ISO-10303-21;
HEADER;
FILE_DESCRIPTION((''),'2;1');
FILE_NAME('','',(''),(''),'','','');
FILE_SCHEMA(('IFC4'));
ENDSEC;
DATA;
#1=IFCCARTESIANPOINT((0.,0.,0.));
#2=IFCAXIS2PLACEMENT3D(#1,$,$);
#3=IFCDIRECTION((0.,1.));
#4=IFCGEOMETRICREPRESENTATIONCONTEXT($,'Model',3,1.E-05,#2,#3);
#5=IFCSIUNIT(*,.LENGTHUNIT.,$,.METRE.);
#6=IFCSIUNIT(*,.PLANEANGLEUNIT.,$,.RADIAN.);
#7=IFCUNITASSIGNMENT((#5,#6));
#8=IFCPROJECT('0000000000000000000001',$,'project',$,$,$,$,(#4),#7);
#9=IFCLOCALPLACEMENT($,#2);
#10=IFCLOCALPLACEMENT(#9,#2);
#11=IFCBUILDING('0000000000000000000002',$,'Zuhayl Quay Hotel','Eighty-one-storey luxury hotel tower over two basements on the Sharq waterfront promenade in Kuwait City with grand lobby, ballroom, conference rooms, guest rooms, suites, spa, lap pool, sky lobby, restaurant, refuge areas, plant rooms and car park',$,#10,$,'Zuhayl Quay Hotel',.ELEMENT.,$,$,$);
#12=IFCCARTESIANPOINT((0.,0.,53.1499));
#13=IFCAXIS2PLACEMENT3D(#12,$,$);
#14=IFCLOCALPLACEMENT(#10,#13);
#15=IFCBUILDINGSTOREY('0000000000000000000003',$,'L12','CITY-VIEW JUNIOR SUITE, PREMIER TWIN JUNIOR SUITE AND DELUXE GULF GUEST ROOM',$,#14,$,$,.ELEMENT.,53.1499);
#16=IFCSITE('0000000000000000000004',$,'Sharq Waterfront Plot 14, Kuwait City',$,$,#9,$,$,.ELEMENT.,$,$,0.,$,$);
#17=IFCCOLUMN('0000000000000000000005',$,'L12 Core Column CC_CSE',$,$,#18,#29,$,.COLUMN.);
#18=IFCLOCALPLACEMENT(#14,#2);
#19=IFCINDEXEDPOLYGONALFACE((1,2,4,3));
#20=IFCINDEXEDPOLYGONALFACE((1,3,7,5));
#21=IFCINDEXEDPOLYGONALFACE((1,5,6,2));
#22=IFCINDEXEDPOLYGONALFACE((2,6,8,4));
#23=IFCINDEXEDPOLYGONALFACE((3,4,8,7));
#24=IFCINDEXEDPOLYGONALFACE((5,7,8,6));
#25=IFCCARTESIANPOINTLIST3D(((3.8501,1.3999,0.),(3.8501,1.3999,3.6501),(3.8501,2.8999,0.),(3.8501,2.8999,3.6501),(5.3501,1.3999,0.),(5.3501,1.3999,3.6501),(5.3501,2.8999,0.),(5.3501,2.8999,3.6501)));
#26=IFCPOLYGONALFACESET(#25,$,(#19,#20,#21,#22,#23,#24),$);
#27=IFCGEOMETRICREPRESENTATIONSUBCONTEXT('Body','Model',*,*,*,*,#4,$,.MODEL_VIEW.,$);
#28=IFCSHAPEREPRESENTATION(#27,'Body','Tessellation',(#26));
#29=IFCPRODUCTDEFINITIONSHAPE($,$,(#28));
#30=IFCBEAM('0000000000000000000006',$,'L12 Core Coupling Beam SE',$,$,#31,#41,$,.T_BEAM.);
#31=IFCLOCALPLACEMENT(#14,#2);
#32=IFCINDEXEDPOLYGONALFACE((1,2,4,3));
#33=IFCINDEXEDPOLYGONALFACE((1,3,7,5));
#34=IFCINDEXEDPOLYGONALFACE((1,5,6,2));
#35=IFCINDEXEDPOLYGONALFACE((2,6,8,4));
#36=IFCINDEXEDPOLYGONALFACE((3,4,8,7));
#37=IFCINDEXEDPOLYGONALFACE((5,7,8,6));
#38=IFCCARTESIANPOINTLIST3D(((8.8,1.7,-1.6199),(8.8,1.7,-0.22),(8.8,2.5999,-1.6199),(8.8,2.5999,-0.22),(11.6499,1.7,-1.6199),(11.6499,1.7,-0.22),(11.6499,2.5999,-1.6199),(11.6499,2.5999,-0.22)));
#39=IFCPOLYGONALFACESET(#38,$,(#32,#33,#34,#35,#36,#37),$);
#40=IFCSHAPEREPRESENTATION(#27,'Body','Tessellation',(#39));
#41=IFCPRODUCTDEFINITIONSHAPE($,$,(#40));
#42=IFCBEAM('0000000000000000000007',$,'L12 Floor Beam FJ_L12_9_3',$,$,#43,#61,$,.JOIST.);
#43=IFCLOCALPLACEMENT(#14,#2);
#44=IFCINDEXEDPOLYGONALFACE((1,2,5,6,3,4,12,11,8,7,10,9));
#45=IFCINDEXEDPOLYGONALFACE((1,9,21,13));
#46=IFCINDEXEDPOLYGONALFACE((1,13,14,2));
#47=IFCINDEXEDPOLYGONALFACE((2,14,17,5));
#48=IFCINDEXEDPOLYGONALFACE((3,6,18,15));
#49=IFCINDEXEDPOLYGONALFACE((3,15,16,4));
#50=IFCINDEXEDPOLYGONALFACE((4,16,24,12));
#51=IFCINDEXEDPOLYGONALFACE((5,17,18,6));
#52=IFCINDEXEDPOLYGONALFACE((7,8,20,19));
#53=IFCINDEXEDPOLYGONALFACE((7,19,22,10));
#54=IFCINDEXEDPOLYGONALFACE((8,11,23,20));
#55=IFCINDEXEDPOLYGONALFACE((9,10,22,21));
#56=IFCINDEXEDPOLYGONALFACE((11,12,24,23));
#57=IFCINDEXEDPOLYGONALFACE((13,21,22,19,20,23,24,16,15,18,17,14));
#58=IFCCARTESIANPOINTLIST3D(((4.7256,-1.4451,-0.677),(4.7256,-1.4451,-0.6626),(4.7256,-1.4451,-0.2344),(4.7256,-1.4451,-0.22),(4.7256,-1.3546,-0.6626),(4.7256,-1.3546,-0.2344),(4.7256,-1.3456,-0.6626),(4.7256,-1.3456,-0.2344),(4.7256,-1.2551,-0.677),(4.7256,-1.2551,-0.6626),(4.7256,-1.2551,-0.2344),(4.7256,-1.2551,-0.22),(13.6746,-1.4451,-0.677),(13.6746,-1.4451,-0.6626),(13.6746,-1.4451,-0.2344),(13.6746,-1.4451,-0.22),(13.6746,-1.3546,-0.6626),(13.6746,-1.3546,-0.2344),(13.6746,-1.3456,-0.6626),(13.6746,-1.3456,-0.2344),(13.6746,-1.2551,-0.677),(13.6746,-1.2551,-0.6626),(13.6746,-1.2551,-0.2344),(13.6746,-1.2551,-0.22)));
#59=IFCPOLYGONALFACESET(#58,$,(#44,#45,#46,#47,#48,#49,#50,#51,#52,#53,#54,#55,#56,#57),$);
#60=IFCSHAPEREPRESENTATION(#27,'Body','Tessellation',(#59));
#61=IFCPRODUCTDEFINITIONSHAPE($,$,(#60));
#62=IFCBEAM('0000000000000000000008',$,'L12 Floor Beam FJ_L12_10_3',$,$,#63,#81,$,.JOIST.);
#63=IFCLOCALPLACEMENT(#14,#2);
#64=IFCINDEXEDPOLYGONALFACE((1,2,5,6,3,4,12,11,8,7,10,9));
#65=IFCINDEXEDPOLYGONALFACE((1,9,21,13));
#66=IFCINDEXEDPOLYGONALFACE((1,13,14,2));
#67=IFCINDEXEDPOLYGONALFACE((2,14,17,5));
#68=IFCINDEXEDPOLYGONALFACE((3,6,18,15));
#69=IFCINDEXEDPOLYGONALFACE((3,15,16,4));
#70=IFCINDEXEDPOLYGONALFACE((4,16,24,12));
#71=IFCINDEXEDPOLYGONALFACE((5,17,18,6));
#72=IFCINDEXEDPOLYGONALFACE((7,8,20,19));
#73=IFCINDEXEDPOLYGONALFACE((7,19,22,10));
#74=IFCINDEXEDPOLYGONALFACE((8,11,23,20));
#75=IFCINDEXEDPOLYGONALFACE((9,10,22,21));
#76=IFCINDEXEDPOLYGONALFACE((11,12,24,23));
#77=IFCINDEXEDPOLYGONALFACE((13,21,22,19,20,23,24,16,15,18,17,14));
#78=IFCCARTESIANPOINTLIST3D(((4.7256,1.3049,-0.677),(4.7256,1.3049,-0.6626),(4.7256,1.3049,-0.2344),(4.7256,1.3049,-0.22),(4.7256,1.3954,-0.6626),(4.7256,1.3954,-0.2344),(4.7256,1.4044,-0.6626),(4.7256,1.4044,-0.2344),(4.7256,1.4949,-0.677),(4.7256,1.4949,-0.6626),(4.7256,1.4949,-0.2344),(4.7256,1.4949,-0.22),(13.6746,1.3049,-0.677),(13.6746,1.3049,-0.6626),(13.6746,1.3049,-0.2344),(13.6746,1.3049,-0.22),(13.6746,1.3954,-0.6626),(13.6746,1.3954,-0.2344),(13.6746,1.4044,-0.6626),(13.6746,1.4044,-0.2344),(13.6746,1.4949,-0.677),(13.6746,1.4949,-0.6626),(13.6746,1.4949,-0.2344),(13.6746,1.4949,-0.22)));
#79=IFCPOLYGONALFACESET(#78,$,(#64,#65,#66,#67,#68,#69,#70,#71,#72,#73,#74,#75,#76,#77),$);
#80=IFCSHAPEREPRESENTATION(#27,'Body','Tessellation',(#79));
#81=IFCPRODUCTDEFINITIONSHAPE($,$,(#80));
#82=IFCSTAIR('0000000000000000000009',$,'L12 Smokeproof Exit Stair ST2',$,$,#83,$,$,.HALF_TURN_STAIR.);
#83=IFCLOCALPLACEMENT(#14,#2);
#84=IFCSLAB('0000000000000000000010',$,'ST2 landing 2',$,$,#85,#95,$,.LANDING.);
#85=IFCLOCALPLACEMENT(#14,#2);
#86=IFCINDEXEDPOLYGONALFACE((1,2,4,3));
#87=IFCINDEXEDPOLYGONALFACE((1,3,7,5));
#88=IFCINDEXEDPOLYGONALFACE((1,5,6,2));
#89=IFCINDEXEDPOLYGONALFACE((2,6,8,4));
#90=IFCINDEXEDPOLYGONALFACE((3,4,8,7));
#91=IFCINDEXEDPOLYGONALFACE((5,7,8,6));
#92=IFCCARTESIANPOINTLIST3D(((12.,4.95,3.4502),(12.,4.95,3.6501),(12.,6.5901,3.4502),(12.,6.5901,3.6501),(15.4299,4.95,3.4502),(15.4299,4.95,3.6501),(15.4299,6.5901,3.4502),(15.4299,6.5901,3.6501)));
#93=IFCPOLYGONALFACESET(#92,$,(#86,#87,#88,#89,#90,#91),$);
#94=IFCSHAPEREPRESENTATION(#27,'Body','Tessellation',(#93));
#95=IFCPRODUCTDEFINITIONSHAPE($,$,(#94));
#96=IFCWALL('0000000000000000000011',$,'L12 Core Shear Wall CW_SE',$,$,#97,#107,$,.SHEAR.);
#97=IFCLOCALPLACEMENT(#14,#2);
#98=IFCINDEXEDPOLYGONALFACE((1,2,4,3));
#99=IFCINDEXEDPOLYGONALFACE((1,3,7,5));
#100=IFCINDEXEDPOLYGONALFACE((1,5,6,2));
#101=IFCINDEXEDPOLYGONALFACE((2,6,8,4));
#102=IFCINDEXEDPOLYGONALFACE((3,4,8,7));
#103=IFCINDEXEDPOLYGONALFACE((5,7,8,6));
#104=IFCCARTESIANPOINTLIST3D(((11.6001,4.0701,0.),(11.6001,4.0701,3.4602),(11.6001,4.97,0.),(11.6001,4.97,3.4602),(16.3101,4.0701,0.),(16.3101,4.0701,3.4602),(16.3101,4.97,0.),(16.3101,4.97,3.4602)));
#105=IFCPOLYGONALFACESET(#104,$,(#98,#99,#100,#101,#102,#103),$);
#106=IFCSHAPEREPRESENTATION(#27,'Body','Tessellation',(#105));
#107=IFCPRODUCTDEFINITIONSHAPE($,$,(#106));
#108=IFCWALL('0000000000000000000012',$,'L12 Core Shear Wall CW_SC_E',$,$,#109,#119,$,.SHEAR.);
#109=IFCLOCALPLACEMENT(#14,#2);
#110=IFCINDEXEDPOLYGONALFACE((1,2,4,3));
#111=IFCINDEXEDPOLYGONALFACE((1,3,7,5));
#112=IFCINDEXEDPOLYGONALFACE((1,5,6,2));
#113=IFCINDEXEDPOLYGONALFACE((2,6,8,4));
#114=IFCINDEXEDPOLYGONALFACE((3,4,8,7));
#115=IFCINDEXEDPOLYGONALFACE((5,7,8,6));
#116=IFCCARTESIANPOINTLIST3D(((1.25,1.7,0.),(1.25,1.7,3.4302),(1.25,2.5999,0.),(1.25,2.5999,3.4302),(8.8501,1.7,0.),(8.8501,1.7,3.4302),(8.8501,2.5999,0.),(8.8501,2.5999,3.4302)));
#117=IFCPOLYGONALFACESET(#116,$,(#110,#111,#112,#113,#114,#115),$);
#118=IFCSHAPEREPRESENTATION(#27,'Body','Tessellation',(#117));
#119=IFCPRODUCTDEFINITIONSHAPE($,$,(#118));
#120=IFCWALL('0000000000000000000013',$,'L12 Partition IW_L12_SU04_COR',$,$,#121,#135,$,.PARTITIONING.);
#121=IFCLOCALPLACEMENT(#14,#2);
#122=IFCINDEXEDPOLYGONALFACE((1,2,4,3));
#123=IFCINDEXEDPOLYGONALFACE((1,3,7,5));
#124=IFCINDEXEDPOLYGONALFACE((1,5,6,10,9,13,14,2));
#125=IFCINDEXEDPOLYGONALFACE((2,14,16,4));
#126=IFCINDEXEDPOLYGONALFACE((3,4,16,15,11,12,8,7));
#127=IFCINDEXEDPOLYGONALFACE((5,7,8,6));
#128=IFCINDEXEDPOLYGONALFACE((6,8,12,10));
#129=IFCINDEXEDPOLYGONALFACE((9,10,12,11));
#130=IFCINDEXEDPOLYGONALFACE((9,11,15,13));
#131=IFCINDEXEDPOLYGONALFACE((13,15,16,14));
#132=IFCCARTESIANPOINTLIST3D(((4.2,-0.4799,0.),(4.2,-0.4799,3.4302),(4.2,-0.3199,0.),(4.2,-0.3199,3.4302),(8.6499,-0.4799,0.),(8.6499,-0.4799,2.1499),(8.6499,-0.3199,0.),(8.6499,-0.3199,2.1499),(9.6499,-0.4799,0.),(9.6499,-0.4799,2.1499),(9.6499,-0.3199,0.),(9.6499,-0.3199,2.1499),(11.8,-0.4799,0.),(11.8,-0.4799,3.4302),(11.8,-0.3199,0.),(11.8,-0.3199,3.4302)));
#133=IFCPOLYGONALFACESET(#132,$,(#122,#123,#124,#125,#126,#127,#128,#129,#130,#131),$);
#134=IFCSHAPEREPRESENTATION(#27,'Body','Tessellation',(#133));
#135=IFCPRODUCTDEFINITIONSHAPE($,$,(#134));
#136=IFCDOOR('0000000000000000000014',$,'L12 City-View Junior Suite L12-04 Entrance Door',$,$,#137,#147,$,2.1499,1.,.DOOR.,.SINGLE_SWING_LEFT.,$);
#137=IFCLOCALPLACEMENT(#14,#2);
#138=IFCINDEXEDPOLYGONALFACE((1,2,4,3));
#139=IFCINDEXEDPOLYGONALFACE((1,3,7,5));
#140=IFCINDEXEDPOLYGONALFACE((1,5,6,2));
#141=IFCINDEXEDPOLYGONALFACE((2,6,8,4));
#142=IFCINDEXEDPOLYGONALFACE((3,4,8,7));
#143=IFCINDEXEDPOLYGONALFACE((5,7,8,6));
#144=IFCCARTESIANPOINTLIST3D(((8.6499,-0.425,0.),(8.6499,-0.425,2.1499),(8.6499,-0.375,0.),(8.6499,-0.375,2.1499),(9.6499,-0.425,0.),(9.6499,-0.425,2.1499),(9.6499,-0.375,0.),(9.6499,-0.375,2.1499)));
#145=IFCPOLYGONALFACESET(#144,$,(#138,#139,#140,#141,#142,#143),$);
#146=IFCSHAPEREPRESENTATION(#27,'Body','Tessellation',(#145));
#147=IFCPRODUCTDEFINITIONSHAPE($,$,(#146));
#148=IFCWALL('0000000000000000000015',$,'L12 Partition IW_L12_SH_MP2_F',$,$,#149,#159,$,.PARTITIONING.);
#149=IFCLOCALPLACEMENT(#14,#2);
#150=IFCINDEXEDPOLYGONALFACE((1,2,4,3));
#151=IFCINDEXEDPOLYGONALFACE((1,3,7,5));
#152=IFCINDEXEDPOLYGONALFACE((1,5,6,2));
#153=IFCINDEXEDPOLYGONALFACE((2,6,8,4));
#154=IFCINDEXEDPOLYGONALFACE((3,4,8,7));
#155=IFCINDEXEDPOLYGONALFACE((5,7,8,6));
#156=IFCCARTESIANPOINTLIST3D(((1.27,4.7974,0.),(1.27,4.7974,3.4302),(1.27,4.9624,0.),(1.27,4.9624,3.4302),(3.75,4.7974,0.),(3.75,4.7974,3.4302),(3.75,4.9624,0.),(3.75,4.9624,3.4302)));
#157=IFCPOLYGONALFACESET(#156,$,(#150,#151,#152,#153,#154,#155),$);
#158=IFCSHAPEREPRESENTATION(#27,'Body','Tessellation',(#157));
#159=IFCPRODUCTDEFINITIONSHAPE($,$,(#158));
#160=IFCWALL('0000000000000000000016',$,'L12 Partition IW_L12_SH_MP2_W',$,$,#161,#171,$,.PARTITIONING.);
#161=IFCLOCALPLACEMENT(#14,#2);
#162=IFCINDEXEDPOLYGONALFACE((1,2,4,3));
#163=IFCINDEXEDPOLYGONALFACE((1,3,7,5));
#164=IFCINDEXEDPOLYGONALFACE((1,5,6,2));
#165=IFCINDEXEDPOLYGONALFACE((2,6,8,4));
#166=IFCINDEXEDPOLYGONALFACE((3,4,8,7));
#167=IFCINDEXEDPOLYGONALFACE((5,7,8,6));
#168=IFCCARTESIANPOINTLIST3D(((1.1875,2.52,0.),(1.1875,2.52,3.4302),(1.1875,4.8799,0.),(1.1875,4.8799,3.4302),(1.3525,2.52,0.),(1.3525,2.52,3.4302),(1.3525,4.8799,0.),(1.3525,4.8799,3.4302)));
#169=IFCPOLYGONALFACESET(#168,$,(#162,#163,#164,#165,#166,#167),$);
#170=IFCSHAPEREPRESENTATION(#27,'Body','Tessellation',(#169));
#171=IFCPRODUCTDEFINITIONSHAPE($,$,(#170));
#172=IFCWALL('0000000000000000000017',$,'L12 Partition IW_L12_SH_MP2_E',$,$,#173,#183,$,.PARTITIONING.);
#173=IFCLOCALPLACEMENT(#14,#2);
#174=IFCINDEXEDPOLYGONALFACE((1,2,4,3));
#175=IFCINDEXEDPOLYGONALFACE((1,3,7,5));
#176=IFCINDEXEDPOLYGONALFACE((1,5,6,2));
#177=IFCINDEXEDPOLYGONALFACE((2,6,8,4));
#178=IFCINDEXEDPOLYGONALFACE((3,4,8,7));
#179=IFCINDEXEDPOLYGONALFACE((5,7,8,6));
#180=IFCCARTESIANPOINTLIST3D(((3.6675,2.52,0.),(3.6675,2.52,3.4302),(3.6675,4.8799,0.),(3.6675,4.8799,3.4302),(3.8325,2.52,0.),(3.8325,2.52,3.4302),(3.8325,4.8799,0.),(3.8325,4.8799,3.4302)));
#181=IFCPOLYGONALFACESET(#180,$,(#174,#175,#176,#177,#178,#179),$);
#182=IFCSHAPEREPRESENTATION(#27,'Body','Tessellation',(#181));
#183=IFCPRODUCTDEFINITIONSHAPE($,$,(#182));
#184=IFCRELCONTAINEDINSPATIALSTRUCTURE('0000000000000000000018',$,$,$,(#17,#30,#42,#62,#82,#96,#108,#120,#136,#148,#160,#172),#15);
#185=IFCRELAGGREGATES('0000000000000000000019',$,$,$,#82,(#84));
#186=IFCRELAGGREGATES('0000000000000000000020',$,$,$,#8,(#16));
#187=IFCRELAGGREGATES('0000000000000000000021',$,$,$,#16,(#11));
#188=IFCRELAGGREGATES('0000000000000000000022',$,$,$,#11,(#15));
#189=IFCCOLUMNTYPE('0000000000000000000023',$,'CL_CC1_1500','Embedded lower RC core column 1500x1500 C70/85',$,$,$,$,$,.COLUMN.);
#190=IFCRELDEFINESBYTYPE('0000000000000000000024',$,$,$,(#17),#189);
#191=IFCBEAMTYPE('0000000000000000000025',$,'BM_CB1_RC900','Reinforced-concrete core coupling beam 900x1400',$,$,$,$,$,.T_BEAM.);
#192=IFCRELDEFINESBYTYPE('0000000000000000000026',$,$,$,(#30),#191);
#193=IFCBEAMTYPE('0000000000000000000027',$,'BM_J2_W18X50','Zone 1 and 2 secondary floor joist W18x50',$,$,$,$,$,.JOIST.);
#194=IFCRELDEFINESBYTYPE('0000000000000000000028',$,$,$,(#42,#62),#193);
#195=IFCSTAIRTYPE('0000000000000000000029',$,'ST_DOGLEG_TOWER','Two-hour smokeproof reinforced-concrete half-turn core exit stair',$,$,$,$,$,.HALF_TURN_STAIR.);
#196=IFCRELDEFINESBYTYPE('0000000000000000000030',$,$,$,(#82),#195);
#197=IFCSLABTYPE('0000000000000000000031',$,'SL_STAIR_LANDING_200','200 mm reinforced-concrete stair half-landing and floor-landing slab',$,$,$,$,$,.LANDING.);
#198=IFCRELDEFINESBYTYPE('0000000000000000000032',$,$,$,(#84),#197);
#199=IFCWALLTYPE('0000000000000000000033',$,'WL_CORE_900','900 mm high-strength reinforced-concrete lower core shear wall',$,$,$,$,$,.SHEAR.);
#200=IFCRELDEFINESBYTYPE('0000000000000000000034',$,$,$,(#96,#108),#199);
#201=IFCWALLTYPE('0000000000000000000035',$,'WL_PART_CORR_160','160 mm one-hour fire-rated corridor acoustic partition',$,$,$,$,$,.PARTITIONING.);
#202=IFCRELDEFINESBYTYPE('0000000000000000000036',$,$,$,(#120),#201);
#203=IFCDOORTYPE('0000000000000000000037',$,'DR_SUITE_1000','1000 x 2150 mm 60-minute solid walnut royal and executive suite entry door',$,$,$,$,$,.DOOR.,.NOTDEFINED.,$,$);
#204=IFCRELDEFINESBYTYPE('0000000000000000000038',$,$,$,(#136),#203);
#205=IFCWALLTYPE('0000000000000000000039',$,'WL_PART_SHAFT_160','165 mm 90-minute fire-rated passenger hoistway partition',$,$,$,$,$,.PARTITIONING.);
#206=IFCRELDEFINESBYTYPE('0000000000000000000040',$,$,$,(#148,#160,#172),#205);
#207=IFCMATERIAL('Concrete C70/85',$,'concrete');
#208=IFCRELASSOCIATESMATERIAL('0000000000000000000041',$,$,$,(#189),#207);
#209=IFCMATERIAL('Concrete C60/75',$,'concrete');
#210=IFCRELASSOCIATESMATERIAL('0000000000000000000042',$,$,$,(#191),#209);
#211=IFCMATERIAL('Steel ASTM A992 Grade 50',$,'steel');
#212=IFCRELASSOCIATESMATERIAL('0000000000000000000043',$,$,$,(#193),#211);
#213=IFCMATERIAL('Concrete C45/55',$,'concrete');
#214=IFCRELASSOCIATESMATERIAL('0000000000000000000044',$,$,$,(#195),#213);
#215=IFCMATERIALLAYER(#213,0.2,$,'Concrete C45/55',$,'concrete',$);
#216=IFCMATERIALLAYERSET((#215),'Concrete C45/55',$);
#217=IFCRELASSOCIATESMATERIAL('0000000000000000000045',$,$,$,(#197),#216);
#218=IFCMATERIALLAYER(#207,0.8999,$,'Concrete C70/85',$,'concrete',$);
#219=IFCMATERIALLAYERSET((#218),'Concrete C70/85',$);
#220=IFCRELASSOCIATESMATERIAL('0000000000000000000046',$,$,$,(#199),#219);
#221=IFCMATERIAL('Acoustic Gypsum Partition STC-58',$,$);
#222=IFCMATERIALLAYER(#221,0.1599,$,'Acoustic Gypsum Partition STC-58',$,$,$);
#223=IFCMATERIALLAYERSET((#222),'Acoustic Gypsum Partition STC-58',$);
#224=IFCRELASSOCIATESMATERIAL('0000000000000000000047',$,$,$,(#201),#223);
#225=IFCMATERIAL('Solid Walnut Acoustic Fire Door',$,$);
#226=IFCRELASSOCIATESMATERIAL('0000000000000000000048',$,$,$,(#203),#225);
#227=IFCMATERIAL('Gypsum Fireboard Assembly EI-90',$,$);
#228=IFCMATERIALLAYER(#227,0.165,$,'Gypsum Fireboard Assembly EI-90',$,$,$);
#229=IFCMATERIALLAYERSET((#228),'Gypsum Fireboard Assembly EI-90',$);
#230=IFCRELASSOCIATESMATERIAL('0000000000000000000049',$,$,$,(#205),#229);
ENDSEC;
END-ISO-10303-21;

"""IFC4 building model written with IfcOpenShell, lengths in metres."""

from ifc_helpers import new_model, si_unit, direction, frame, frame_2d, origin, origin_2d, place, context, subcontext, project, spatial, polyline, rectangle, i_section, outline, extrude, material, layer, layer_set, material_profile, profile_set, type_object, element, fill, aggregate, save


model = new_model("IFC4")

# Units and contexts
model_context = context("Model", 3, precision=1e-05, world=origin(), true_north=direction((0.0, 1.0)))
body_context = subcontext(model_context, "Body", "Model", "MODEL_VIEW")
ifc_project = project(units=[si_unit("LENGTHUNIT", "METRE"), si_unit("PLANEANGLEUNIT", "RADIAN")], contexts=[model_context])

# Site, building, storey
site_placement = place(None, origin())
site = spatial("IfcSite", under=ifc_project, at=site_placement, Name="Sharq Waterfront Plot 14, Kuwait City", CompositionType="ELEMENT", RefElevation=0.0)
building_placement = place(site_placement, origin())
building = spatial("IfcBuilding", under=site, at=building_placement, Name="Zuhayl Quay Hotel", Description="Eighty-one-storey luxury hotel tower over two basements on the Sharq waterfront promenade in Kuwait City with grand lobby, ballroom, conference rooms, guest rooms, suites, spa, lap pool, sky lobby, restaurant, refuge areas, plant rooms and car park", LongName="Zuhayl Quay Hotel", CompositionType="ELEMENT")
storey_placement = place(building_placement, frame((0.0, 0.0, 53.1499)))
storey = spatial("IfcBuildingStorey", under=building, at=storey_placement, Name="L12", Description="CITY-VIEW JUNIOR SUITE, PREMIER TWIN JUNIOR SUITE AND DELUXE GULF GUEST ROOM", CompositionType="ELEMENT", Elevation=53.1499)

# Column
ifc_material_1 = material(Name="Concrete C70/85", Category="concrete")
ifc_material_profile_1 = material_profile(ifc_material_1, rectangle(XDim=1.5, YDim=1.5, at=origin_2d()), Name="RC1500X1500")
ifc_profile_set_1 = profile_set([ifc_material_profile_1], Name="Concrete C70/85")
column_type = type_object("IfcColumnType", Name="CL_CC1_1500", Description="Embedded lower RC core column 1500x1500 C70/85", PredefinedType="COLUMN", material=ifc_profile_set_1)
column_placement = place(storey_placement, frame((4.6001, 2.1499, 0.0), z_axis=(0.0, 0.0, 1.0), x_axis=(1.0, 0.0, 0.0)))
element("IfcColumn", 1, at=column_placement, inside=storey, type_object=column_type, Name="L12 Core Column CC_CSE", PredefinedType="COLUMN", context=body_context, shape_type="SweptSolid", body=[
    extrude(rectangle(XDim=1.5, YDim=1.5, at=origin_2d()), origin(), (0.0, 0.0, 1.0), 3.6501),
])

# Beams
ifc_material_2 = material(Name="Concrete C60/75", Category="concrete")
ifc_material_profile_2 = material_profile(ifc_material_2, rectangle(XDim=0.8999, YDim=1.3999, at=origin_2d()), Name="RC900X1400")
ifc_profile_set_2 = profile_set([ifc_material_profile_2], Name="Concrete C60/75")
beam_type_1 = type_object("IfcBeamType", Name="BM_CB1_RC900", Description="Reinforced-concrete core coupling beam 900x1400", PredefinedType="T_BEAM", material=ifc_profile_set_2)
beam_placement = place(storey_placement, frame((8.8, 2.1499, -0.9199), z_axis=(1.0, 0.0, 0.0), x_axis=(0.0, 1.0, 0.0)))
element("IfcBeam", 2, at=beam_placement, inside=storey, type_object=beam_type_1, Name="L12 Core Coupling Beam SE", PredefinedType="T_BEAM", context=body_context, shape_type="SweptSolid", body=[
    extrude(rectangle(XDim=0.8999, YDim=1.3999, at=origin_2d()), origin(), (0.0, 0.0, 1.0), 2.8499),
])
ifc_material_3 = material(Name="Steel ASTM A992 Grade 50", Category="steel")
ifc_material_profile_3 = material_profile(ifc_material_3, i_section(OverallWidth=0.1899, OverallDepth=0.457, WebThickness=0.009, FlangeThickness=0.0144, at=origin_2d()), Name="W18X50")
ifc_profile_set_3 = profile_set([ifc_material_profile_3], Name="Steel ASTM A992 Grade 50")
beam_type_2 = type_object("IfcBeamType", Name="BM_J2_W18X50", Description="Zone 1 and 2 secondary floor joist W18x50", PredefinedType="JOIST", material=ifc_profile_set_3)
for number, where, z_axis, x_axis, name in (
    (3, (4.7256, -1.3501, -0.4485), (1.0, 0.0, 0.0), (0.0, 1.0, 0.0), "L12 Floor Beam FJ_L12_9_3"),
    (4, (4.7256, 1.3999, -0.4485), (1.0, 0.0, 0.0), (0.0, 1.0, 0.0), "L12 Floor Beam FJ_L12_10_3"),
):
    element("IfcBeam", number, at=place(storey_placement, frame(where, z_axis=z_axis, x_axis=x_axis)), inside=storey, type_object=beam_type_2, Name=name, PredefinedType="JOIST", context=body_context, shape_type="SweptSolid", body=[
        extrude(i_section(OverallWidth=0.1899, OverallDepth=0.457, WebThickness=0.009, FlangeThickness=0.0144, at=origin_2d()), origin(), (0.0, 0.0, 1.0), 8.949),
    ])

# Stair, slab
ifc_material_4 = material(Name="Concrete C45/55", Category="concrete")
stair_type = type_object("IfcStairType", Name="ST_DOGLEG_TOWER", Description="Two-hour smokeproof reinforced-concrete half-turn core exit stair", PredefinedType="HALF_TURN_STAIR", material=ifc_material_4)
stair_placement = place(storey_placement, origin())
stair = element("IfcStair", 5, at=stair_placement, inside=storey, type_object=stair_type, Name="L12 Smokeproof Exit Stair ST2", PredefinedType="HALF_TURN_STAIR")
ifc_layer_1 = layer(ifc_material_4, 0.2, Name="Concrete C45/55", Category="concrete")
ifc_layer_set_1 = layer_set([ifc_layer_1], Name="Concrete C45/55")
slab_type = type_object("IfcSlabType", Name="SL_STAIR_LANDING_200", Description="200 mm reinforced-concrete stair half-landing and floor-landing slab", PredefinedType="LANDING", material=ifc_layer_set_1)
slab_placement = place(storey_placement, frame((0.0, 0.0, 3.4502)))
slab = element("IfcSlab", 6, at=slab_placement, type_object=slab_type, Name="ST2 landing 2", PredefinedType="LANDING", context=body_context, shape_type="SweptSolid", body=[
    extrude(outline(polyline([(15.4299, 4.95), (15.4299, 6.5901), (12.0, 6.5901), (12.0, 4.95), (15.4299, 4.95)])), origin(), (0.0, 0.0, 1.0), 0.2),
])
aggregate(stair, [slab])

# Walls
ifc_layer_2 = layer(ifc_material_1, 0.8999, Name="Concrete C70/85", Category="concrete")
ifc_layer_set_2 = layer_set([ifc_layer_2], Name="Concrete C70/85")
wall_type_1 = type_object("IfcWallType", Name="WL_CORE_900", Description="900 mm high-strength reinforced-concrete lower core shear wall", PredefinedType="SHEAR", material=ifc_layer_set_2)
wall_1_placement = place(storey_placement, frame((11.6001, 4.52, 0.0), z_axis=(0.0, 0.0, 1.0), x_axis=(1.0, 0.0, 0.0)))
element("IfcWall", 7, at=wall_1_placement, inside=storey, type_object=wall_type_1, Name="L12 Core Shear Wall CW_SE", PredefinedType="SHEAR", context=body_context, shape_type="SweptSolid", body=[
    extrude(rectangle(XDim=4.71, YDim=0.8999, at=frame_2d((2.355, 0.0))), origin(), (0.0, 0.0, 1.0), 3.4602),
])
wall_2_placement = place(storey_placement, frame((1.25, 2.1499, 0.0), z_axis=(0.0, 0.0, 1.0), x_axis=(1.0, 0.0, 0.0)))
element("IfcWall", 8, at=wall_2_placement, inside=storey, type_object=wall_type_1, Name="L12 Core Shear Wall CW_SC_E", PredefinedType="SHEAR", context=body_context, shape_type="SweptSolid", body=[
    extrude(rectangle(XDim=7.6001, YDim=0.8999, at=frame_2d((3.8, 0.0))), origin(), (0.0, 0.0, 1.0), 3.4302),
])

# Wall, opening, door
ifc_material_5 = material(Name="Acoustic Gypsum Partition STC-58")
ifc_layer_3 = layer(ifc_material_5, 0.1599, Name="Acoustic Gypsum Partition STC-58")
ifc_layer_set_3 = layer_set([ifc_layer_3], Name="Acoustic Gypsum Partition STC-58")
wall_type_2 = type_object("IfcWallType", Name="WL_PART_CORR_160", Description="160 mm one-hour fire-rated corridor acoustic partition", PredefinedType="PARTITIONING", material=ifc_layer_set_3)
wall_3_placement = place(storey_placement, frame((4.2, -0.3999, 0.0), z_axis=(0.0, 0.0, 1.0), x_axis=(1.0, 0.0, 0.0)))
wall_3 = element("IfcWall", 9, at=wall_3_placement, inside=storey, type_object=wall_type_2, Name="L12 Partition IW_L12_SU04_COR", PredefinedType="PARTITIONING", context=body_context, shape_type="SweptSolid", body=[
    extrude(rectangle(XDim=7.6001, YDim=0.1599, at=frame_2d((3.8, 0.0))), origin(), (0.0, 0.0, 1.0), 3.4302),
])
opening_placement = place(wall_3_placement, frame((4.45, 0.0, 0.0)))
opening = element("IfcOpeningElement", 10, at=opening_placement, cuts=wall_3, PredefinedType="OPENING", context=body_context, shape_type="SweptSolid", body=[
    extrude(rectangle(XDim=1.0, YDim=2.1499, at=frame_2d((0.5, 1.075))), frame((0.0, 0.0898, 0.0), z_axis=(0.0, -1.0, 0.0), x_axis=(1.0, 0.0, 0.0)), (0.0, 0.0, 1.0), 0.1799),
])
ifc_material_6 = material(Name="Solid Walnut Acoustic Fire Door")
door_type = type_object("IfcDoorType", Name="DR_SUITE_1000", Description="1000 x 2150 mm 60-minute solid walnut royal and executive suite entry door", OperationType="NOTDEFINED", PredefinedType="DOOR", material=ifc_material_6)
door_placement = place(opening_placement, origin())
door = element("IfcDoor", 11, at=door_placement, inside=storey, type_object=door_type, Name="L12 City-View Junior Suite L12-04 Entrance Door", OperationType="SINGLE_SWING_LEFT", OverallHeight=2.1499, OverallWidth=1.0, PredefinedType="DOOR", context=body_context, shape_type="SweptSolid", body=[
    extrude(rectangle(XDim=1.0, YDim=2.1499, at=frame_2d((0.5, 1.075))), frame((0.0, 0.0249, 0.0), z_axis=(0.0, -1.0, 0.0), x_axis=(1.0, 0.0, 0.0)), (0.0, 0.0, 1.0), 0.05),
])
fill(opening, door)

# Walls
ifc_material_7 = material(Name="Gypsum Fireboard Assembly EI-90")
ifc_layer_4 = layer(ifc_material_7, 0.165, Name="Gypsum Fireboard Assembly EI-90")
ifc_layer_set_4 = layer_set([ifc_layer_4], Name="Gypsum Fireboard Assembly EI-90")
wall_type_3 = type_object("IfcWallType", Name="WL_PART_SHAFT_160", Description="165 mm 90-minute fire-rated passenger hoistway partition", PredefinedType="PARTITIONING", material=ifc_layer_set_4)
wall_4_placement = place(storey_placement, frame((1.27, 4.8799, 0.0), z_axis=(0.0, 0.0, 1.0), x_axis=(1.0, 0.0, 0.0)))
element("IfcWall", 12, at=wall_4_placement, inside=storey, type_object=wall_type_3, Name="L12 Partition IW_L12_SH_MP2_F", PredefinedType="PARTITIONING", context=body_context, shape_type="SweptSolid", body=[
    extrude(rectangle(XDim=2.48, YDim=0.165, at=frame_2d((1.24, 0.0))), origin(), (0.0, 0.0, 1.0), 3.4302),
])
for number, where, z_axis, x_axis, name in (
    (13, (1.27, 2.52, 0.0), (0.0, 0.0, 1.0), (0.0, 1.0, 0.0), "L12 Partition IW_L12_SH_MP2_W"),
    (14, (3.75, 2.52, 0.0), (0.0, 0.0, 1.0), (0.0, 1.0, 0.0), "L12 Partition IW_L12_SH_MP2_E"),
):
    element("IfcWall", number, at=place(storey_placement, frame(where, z_axis=z_axis, x_axis=x_axis)), inside=storey, type_object=wall_type_3, Name=name, PredefinedType="PARTITIONING", context=body_context, shape_type="SweptSolid", body=[
        extrude(rectangle(XDim=2.3599, YDim=0.165, at=frame_2d((1.1799, 0.0))), origin(), (0.0, 0.0, 1.0), 3.4302),
    ])

save(model, "model.ifc")
